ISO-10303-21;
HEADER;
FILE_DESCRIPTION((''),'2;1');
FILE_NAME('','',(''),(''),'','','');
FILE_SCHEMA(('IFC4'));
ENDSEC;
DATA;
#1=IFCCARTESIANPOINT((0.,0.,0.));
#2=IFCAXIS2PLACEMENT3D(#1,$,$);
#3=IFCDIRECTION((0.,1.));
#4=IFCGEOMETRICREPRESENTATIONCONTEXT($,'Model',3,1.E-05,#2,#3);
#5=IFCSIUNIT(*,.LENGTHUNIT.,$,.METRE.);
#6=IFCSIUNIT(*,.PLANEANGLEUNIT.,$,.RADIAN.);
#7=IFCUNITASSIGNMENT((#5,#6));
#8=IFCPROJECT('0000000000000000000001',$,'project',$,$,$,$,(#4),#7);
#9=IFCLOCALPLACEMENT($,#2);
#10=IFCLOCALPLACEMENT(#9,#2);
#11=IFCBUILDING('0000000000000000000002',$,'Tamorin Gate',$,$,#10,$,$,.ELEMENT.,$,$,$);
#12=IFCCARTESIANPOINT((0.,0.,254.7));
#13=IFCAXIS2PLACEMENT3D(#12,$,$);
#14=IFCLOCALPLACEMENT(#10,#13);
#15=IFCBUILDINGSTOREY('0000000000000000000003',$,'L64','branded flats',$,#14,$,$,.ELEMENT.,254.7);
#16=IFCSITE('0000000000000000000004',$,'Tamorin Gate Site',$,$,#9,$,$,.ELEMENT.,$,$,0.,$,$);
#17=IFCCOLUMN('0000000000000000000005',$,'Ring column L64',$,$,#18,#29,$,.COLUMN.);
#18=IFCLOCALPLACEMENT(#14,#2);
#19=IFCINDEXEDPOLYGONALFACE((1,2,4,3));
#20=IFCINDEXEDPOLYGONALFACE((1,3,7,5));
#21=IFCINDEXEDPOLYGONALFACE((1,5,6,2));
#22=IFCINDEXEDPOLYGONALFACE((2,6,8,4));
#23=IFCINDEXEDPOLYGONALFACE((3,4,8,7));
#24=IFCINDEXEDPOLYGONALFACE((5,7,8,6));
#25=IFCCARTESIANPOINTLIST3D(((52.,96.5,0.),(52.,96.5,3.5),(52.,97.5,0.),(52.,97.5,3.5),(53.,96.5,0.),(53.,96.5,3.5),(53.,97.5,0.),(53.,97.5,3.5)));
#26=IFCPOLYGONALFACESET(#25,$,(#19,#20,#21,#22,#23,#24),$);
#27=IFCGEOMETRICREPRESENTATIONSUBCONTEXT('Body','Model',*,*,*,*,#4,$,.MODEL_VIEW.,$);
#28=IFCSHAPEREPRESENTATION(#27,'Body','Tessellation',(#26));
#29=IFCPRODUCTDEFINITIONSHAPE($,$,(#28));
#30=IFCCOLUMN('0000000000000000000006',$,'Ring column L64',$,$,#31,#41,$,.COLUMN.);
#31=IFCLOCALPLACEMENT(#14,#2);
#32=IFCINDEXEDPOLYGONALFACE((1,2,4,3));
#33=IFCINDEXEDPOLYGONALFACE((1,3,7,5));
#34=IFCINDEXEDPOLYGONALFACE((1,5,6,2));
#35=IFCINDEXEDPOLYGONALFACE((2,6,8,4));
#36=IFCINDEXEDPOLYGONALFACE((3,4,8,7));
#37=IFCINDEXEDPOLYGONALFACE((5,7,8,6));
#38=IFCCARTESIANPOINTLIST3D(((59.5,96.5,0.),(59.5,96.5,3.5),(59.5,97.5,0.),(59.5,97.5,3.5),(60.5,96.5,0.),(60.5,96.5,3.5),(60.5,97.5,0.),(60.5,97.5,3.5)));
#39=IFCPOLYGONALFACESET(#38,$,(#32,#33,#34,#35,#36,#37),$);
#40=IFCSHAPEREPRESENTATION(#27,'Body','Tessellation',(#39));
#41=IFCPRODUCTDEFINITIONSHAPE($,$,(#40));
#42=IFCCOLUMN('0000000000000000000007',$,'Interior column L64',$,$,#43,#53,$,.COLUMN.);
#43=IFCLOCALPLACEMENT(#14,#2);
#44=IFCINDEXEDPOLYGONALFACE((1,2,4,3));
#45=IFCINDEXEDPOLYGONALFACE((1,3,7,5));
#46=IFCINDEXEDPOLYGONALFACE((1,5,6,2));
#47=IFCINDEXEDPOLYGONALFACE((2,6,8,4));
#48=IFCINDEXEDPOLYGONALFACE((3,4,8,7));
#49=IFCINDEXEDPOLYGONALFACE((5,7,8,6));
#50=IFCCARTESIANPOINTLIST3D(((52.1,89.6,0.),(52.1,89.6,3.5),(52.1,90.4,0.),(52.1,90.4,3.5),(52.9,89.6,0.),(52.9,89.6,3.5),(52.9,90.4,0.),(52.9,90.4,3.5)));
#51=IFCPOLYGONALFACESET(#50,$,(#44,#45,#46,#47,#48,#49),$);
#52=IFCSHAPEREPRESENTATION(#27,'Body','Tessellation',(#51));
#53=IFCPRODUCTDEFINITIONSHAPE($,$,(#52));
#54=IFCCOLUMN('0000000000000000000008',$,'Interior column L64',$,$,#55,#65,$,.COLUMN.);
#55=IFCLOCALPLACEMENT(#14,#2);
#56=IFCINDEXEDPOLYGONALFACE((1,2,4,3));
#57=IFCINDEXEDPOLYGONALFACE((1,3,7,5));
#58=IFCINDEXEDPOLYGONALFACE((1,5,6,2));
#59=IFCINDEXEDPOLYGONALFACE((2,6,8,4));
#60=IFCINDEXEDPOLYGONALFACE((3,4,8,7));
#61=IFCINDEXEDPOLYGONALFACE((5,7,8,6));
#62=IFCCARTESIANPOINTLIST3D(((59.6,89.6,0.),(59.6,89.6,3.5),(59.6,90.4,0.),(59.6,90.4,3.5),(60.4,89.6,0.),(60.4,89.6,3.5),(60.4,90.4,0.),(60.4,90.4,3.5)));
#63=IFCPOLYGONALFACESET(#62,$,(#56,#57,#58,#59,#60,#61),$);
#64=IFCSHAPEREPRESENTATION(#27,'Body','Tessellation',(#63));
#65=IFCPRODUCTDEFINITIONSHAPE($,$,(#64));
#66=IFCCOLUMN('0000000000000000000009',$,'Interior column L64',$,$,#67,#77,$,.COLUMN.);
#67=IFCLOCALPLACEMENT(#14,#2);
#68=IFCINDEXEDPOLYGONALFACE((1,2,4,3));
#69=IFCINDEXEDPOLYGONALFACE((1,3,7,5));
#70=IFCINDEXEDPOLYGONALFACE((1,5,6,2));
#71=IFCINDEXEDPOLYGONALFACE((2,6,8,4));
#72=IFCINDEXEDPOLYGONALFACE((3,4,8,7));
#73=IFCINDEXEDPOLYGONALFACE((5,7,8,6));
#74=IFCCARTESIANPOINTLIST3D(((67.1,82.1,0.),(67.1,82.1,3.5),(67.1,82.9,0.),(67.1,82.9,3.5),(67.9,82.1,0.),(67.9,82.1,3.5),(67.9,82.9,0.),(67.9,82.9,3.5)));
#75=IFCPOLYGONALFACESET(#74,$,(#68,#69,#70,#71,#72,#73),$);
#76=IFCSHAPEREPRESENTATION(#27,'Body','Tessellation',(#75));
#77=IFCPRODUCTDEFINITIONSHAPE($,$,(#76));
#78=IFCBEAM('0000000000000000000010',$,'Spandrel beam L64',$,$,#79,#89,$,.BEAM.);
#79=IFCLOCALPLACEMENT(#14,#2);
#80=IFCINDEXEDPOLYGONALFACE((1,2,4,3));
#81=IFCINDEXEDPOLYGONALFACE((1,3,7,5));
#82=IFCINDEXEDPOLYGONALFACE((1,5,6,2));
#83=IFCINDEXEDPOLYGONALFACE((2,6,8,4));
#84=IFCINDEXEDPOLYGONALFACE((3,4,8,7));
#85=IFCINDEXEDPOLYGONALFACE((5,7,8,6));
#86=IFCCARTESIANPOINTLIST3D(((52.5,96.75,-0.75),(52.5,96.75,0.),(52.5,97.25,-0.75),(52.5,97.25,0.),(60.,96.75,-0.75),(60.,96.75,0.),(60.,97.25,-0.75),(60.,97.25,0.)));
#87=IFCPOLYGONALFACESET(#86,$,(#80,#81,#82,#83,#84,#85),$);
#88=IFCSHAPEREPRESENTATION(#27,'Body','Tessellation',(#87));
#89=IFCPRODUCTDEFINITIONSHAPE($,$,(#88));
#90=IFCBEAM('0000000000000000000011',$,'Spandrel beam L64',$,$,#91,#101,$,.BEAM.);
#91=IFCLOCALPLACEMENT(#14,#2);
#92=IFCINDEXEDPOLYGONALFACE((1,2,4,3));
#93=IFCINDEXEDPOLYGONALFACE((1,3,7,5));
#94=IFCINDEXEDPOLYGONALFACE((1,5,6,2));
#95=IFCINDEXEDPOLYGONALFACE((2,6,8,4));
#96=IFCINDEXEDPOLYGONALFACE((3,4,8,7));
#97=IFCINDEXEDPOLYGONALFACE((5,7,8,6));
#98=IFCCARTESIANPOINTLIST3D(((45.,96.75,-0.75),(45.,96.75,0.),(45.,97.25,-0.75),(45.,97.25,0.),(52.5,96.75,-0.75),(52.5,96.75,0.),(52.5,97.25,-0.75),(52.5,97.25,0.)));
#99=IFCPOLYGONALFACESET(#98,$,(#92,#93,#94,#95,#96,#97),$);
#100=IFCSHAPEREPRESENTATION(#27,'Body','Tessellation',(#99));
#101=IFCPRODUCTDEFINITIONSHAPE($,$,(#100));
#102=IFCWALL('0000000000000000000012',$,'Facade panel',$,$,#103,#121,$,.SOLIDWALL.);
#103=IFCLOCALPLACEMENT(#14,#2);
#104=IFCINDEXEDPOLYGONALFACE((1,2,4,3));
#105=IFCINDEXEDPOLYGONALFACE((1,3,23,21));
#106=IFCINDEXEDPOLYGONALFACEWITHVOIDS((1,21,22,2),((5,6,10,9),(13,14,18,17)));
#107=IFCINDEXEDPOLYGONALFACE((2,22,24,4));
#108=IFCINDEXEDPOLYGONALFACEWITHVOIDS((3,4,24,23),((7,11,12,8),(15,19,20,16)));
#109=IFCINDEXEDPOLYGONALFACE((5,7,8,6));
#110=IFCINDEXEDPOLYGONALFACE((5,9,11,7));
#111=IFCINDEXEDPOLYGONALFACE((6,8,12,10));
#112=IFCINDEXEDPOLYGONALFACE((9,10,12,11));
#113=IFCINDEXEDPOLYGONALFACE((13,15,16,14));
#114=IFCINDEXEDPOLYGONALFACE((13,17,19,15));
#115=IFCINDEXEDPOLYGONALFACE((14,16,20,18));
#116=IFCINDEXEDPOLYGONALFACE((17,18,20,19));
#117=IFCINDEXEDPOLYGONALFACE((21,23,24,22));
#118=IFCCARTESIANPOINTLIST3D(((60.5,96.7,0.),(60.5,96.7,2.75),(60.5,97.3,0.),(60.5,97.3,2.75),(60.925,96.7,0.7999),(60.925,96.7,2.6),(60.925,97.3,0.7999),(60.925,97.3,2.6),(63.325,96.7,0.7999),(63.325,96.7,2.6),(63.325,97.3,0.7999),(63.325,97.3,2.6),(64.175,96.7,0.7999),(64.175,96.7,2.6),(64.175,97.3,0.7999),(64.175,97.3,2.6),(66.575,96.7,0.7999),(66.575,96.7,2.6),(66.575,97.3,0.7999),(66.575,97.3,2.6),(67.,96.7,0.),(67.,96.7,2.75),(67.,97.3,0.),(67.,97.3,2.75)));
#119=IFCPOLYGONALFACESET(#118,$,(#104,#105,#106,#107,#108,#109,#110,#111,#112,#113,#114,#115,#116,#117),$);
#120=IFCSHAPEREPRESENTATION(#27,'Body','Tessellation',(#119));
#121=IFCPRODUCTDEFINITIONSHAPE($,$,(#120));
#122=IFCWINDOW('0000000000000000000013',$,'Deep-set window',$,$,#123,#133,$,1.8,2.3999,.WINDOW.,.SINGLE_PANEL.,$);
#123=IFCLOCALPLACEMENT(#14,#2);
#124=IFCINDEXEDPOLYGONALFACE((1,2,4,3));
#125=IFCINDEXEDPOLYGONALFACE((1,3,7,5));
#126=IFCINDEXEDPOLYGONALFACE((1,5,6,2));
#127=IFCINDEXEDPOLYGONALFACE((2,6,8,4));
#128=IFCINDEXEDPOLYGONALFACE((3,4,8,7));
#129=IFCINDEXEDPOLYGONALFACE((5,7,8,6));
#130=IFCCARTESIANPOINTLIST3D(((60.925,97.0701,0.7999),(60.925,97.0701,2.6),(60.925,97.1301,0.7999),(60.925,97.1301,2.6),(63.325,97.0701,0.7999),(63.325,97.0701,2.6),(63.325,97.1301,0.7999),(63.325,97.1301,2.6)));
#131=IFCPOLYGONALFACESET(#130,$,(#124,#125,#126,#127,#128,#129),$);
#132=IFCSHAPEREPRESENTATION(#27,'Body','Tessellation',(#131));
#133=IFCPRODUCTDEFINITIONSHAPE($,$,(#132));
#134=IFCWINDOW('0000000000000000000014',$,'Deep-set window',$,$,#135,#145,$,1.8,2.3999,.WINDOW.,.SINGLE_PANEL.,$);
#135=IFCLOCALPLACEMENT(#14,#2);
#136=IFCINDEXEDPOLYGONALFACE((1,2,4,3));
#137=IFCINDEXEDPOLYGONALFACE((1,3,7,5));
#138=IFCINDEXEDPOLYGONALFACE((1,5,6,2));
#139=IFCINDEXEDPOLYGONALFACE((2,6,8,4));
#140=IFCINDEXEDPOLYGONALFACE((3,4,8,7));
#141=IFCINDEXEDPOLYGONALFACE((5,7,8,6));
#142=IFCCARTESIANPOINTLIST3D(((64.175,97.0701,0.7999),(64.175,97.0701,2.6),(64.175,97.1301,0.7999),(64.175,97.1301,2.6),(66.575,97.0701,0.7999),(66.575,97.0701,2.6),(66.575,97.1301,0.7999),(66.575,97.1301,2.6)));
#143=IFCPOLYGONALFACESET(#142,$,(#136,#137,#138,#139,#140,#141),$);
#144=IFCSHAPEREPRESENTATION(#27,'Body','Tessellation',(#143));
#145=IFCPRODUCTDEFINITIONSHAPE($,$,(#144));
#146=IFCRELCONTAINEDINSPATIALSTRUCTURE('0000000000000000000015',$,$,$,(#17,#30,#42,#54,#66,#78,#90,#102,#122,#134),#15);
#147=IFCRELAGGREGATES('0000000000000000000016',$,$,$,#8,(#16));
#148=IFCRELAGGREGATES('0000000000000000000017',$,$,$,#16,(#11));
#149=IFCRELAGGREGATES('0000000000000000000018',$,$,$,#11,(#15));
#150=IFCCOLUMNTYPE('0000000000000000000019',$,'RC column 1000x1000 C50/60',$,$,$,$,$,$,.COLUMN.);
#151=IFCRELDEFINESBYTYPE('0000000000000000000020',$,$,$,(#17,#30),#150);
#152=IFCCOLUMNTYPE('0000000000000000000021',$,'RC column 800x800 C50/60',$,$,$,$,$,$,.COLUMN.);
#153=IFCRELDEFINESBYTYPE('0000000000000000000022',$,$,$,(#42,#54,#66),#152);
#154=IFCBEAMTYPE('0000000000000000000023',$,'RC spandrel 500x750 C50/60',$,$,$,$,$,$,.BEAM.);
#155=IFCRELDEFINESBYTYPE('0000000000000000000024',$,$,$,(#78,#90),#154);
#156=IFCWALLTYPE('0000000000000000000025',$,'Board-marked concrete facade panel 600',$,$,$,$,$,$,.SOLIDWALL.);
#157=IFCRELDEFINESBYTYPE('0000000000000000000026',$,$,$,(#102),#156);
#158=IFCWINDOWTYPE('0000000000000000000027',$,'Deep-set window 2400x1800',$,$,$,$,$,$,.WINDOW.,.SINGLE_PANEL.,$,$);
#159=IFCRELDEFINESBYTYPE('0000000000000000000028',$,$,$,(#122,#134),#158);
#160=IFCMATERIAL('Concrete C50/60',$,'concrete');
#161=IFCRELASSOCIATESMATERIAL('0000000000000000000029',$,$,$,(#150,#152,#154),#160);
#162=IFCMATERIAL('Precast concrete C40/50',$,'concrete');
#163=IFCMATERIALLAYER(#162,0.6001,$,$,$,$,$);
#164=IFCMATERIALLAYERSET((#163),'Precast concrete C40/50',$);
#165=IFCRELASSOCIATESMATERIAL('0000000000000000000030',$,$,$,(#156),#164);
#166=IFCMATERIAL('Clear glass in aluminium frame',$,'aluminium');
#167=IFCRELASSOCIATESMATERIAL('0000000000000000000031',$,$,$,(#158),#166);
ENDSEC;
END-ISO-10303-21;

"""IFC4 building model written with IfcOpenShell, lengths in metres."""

from ifc_helpers import new_model, si_unit, direction, frame, frame_2d, origin, origin_2d, place, context, subcontext, project, spatial, rectangle, extrude, material, layer, layer_set, material_profile, profile_set, type_object, element, fill, save


model = new_model("IFC4")

# Units and contexts
model_context = context("Model", 3, precision=1e-05, world=origin(), true_north=direction((0.0, 1.0)))
body_context = subcontext(model_context, "Body", "Model", "MODEL_VIEW")
ifc_project = project(units=[si_unit("LENGTHUNIT", "METRE"), si_unit("PLANEANGLEUNIT", "RADIAN")], contexts=[model_context])

# Site, building, storey
site_placement = place(None, origin())
site = spatial("IfcSite", under=ifc_project, at=site_placement, Name="Tamorin Gate Site", CompositionType="ELEMENT", RefElevation=0.0)
building_placement = place(site_placement, origin())
building = spatial("IfcBuilding", under=site, at=building_placement, Name="Tamorin Gate", CompositionType="ELEMENT")
storey_placement = place(building_placement, frame((0.0, 0.0, 254.7)))
storey = spatial("IfcBuildingStorey", under=building, at=storey_placement, Name="L64", Description="branded flats", CompositionType="ELEMENT", Elevation=254.7)

# Columns
ifc_material_1 = material(Name="Concrete C50/60", Category="concrete")
ifc_material_profile_1 = material_profile(ifc_material_1, rectangle(XDim=1.0, YDim=1.0, at=origin_2d()), Name="RC 1000x1000")
ifc_profile_set_1 = profile_set([ifc_material_profile_1], Name="Concrete C50/60")
column_type_1 = type_object("IfcColumnType", Name="RC column 1000x1000 C50/60", PredefinedType="COLUMN", material=ifc_profile_set_1)
for number, where, z_axis, x_axis, name in (
    (1, (52.5, 97.0, 0.0), (0.0, 0.0, 1.0), (1.0, 0.0, 0.0), "Ring column L64"),
    (2, (60.0, 97.0, 0.0), (0.0, 0.0, 1.0), (1.0, 0.0, 0.0), "Ring column L64"),
):
    element("IfcColumn", number, at=place(storey_placement, frame(where, z_axis=z_axis, x_axis=x_axis)), inside=storey, type_object=column_type_1, Name=name, PredefinedType="COLUMN", context=body_context, shape_type="SweptSolid", body=[
        extrude(rectangle(XDim=1.0, YDim=1.0, at=origin_2d()), origin(), (0.0, 0.0, 1.0), 3.5),
    ])
ifc_material_profile_2 = material_profile(ifc_material_1, rectangle(XDim=0.8, YDim=0.8, at=origin_2d()), Name="RC 800x800")
ifc_profile_set_2 = profile_set([ifc_material_profile_2], Name="Concrete C50/60")
column_type_2 = type_object("IfcColumnType", Name="RC column 800x800 C50/60", PredefinedType="COLUMN", material=ifc_profile_set_2)
for number, where, z_axis, x_axis, name in (
    (3, (52.5, 90.0, 0.0), (0.0, 0.0, 1.0), (1.0, 0.0, 0.0), "Interior column L64"),
    (4, (60.0, 90.0, 0.0), (0.0, 0.0, 1.0), (1.0, 0.0, 0.0), "Interior column L64"),
    (5, (67.5, 82.5, 0.0), (0.0, 0.0, 1.0), (1.0, 0.0, 0.0), "Interior column L64"),
):
    element("IfcColumn", number, at=place(storey_placement, frame(where, z_axis=z_axis, x_axis=x_axis)), inside=storey, type_object=column_type_2, Name=name, PredefinedType="COLUMN", context=body_context, shape_type="SweptSolid", body=[
        extrude(rectangle(XDim=0.8, YDim=0.8, at=origin_2d()), origin(), (0.0, 0.0, 1.0), 3.5),
    ])

# Beams
ifc_material_profile_3 = material_profile(ifc_material_1, rectangle(XDim=0.5, YDim=0.75, at=origin_2d()), Name="RC 500x750")
ifc_profile_set_3 = profile_set([ifc_material_profile_3], Name="Concrete C50/60")
beam_type = type_object("IfcBeamType", Name="RC spandrel 500x750 C50/60", PredefinedType="BEAM", material=ifc_profile_set_3)
for number, where, z_axis, x_axis, name in (
    (6, (60.0, 97.0, -0.375), (-1.0, 0.0, 0.0), (0.0, -1.0, 0.0), "Spandrel beam L64"),
    (7, (52.5, 97.0, -0.375), (-1.0, 0.0, 0.0), (0.0, -1.0, 0.0), "Spandrel beam L64"),
):
    element("IfcBeam", number, at=place(storey_placement, frame(where, z_axis=z_axis, x_axis=x_axis)), inside=storey, type_object=beam_type, Name=name, PredefinedType="BEAM", context=body_context, shape_type="SweptSolid", body=[
        extrude(rectangle(XDim=0.5, YDim=0.75, at=origin_2d()), origin(), (0.0, 0.0, 1.0), 7.5),
    ])

# Wall, openings, windows
ifc_material_2 = material(Name="Precast concrete C40/50", Category="concrete")
ifc_layer_1 = layer(ifc_material_2, 0.6001)
ifc_layer_set_1 = layer_set([ifc_layer_1], Name="Precast concrete C40/50")
wall_type_1 = type_object("IfcWallType", Name="Board-marked concrete facade panel 600", PredefinedType="SOLIDWALL", material=ifc_layer_set_1)
wall_1_placement = place(storey_placement, frame((67.0, 97.0, 0.0), z_axis=(0.0, 0.0, 1.0), x_axis=(-1.0, 0.0, 0.0)))
wall_1 = element("IfcWall", 8, at=wall_1_placement, inside=storey, type_object=wall_type_1, Name="Facade panel", PredefinedType="SOLIDWALL", context=body_context, shape_type="SweptSolid", body=[
    extrude(rectangle(XDim=6.5, YDim=0.6001, at=frame_2d((3.25, 0.0))), origin(), (0.0, 0.0, 1.0), 2.75),
])
opening_1_placement = place(wall_1_placement, frame((3.675, 0.0, 0.8)))
opening_1 = element("IfcOpeningElement", 9, at=opening_1_placement, cuts=wall_1, PredefinedType="OPENING", context=body_context, shape_type="SweptSolid", body=[
    extrude(rectangle(XDim=2.3999, YDim=1.8, at=frame_2d((1.2, 0.8999))), frame((0.0, 0.3101, 0.0), z_axis=(0.0, -1.0, 0.0), x_axis=(1.0, 0.0, 0.0)), (0.0, 0.0, 1.0), 0.6201),
])
opening_2_placement = place(wall_1_placement, frame((0.425, 0.0, 0.8)))
opening_2 = element("IfcOpeningElement", 10, at=opening_2_placement, cuts=wall_1, PredefinedType="OPENING", context=body_context, shape_type="SweptSolid", body=[
    extrude(rectangle(XDim=2.3999, YDim=1.8, at=frame_2d((1.2, 0.8999))), frame((0.0, 0.3101, 0.0), z_axis=(0.0, -1.0, 0.0), x_axis=(1.0, 0.0, 0.0)), (0.0, 0.0, 1.0), 0.6201),
])
ifc_material_3 = material(Name="Clear glass in aluminium frame", Category="aluminium")
window_type = type_object("IfcWindowType", Name="Deep-set window 2400x1800", PartitioningType="SINGLE_PANEL", PredefinedType="WINDOW", material=ifc_material_3)
window_1_placement = place(opening_1_placement, origin())
window_1 = element("IfcWindow", 11, at=window_1_placement, inside=storey, type_object=window_type, Name="Deep-set window", OverallHeight=1.8, OverallWidth=2.3999, PartitioningType="SINGLE_PANEL", PredefinedType="WINDOW", context=body_context, shape_type="SweptSolid", body=[
    extrude(rectangle(XDim=2.3999, YDim=1.8, at=frame_2d((1.2, 0.8999))), frame((0.0, -0.0701, 0.0), z_axis=(0.0, -1.0, 0.0), x_axis=(1.0, 0.0, 0.0)), (0.0, 0.0, 1.0), 0.0601),
])
fill(opening_1, window_1)
window_2_placement = place(opening_2_placement, origin())
window_2 = element("IfcWindow", 12, at=window_2_placement, inside=storey, type_object=window_type, Name="Deep-set window", OverallHeight=1.8, OverallWidth=2.3999, PartitioningType="SINGLE_PANEL", PredefinedType="WINDOW", context=body_context, shape_type="SweptSolid", body=[
    extrude(rectangle(XDim=2.3999, YDim=1.8, at=frame_2d((1.2, 0.8999))), frame((0.0, -0.0701, 0.0), z_axis=(0.0, -1.0, 0.0), x_axis=(1.0, 0.0, 0.0)), (0.0, 0.0, 1.0), 0.0601),
])
fill(opening_2, window_2)

save(model, "model.ifc")
